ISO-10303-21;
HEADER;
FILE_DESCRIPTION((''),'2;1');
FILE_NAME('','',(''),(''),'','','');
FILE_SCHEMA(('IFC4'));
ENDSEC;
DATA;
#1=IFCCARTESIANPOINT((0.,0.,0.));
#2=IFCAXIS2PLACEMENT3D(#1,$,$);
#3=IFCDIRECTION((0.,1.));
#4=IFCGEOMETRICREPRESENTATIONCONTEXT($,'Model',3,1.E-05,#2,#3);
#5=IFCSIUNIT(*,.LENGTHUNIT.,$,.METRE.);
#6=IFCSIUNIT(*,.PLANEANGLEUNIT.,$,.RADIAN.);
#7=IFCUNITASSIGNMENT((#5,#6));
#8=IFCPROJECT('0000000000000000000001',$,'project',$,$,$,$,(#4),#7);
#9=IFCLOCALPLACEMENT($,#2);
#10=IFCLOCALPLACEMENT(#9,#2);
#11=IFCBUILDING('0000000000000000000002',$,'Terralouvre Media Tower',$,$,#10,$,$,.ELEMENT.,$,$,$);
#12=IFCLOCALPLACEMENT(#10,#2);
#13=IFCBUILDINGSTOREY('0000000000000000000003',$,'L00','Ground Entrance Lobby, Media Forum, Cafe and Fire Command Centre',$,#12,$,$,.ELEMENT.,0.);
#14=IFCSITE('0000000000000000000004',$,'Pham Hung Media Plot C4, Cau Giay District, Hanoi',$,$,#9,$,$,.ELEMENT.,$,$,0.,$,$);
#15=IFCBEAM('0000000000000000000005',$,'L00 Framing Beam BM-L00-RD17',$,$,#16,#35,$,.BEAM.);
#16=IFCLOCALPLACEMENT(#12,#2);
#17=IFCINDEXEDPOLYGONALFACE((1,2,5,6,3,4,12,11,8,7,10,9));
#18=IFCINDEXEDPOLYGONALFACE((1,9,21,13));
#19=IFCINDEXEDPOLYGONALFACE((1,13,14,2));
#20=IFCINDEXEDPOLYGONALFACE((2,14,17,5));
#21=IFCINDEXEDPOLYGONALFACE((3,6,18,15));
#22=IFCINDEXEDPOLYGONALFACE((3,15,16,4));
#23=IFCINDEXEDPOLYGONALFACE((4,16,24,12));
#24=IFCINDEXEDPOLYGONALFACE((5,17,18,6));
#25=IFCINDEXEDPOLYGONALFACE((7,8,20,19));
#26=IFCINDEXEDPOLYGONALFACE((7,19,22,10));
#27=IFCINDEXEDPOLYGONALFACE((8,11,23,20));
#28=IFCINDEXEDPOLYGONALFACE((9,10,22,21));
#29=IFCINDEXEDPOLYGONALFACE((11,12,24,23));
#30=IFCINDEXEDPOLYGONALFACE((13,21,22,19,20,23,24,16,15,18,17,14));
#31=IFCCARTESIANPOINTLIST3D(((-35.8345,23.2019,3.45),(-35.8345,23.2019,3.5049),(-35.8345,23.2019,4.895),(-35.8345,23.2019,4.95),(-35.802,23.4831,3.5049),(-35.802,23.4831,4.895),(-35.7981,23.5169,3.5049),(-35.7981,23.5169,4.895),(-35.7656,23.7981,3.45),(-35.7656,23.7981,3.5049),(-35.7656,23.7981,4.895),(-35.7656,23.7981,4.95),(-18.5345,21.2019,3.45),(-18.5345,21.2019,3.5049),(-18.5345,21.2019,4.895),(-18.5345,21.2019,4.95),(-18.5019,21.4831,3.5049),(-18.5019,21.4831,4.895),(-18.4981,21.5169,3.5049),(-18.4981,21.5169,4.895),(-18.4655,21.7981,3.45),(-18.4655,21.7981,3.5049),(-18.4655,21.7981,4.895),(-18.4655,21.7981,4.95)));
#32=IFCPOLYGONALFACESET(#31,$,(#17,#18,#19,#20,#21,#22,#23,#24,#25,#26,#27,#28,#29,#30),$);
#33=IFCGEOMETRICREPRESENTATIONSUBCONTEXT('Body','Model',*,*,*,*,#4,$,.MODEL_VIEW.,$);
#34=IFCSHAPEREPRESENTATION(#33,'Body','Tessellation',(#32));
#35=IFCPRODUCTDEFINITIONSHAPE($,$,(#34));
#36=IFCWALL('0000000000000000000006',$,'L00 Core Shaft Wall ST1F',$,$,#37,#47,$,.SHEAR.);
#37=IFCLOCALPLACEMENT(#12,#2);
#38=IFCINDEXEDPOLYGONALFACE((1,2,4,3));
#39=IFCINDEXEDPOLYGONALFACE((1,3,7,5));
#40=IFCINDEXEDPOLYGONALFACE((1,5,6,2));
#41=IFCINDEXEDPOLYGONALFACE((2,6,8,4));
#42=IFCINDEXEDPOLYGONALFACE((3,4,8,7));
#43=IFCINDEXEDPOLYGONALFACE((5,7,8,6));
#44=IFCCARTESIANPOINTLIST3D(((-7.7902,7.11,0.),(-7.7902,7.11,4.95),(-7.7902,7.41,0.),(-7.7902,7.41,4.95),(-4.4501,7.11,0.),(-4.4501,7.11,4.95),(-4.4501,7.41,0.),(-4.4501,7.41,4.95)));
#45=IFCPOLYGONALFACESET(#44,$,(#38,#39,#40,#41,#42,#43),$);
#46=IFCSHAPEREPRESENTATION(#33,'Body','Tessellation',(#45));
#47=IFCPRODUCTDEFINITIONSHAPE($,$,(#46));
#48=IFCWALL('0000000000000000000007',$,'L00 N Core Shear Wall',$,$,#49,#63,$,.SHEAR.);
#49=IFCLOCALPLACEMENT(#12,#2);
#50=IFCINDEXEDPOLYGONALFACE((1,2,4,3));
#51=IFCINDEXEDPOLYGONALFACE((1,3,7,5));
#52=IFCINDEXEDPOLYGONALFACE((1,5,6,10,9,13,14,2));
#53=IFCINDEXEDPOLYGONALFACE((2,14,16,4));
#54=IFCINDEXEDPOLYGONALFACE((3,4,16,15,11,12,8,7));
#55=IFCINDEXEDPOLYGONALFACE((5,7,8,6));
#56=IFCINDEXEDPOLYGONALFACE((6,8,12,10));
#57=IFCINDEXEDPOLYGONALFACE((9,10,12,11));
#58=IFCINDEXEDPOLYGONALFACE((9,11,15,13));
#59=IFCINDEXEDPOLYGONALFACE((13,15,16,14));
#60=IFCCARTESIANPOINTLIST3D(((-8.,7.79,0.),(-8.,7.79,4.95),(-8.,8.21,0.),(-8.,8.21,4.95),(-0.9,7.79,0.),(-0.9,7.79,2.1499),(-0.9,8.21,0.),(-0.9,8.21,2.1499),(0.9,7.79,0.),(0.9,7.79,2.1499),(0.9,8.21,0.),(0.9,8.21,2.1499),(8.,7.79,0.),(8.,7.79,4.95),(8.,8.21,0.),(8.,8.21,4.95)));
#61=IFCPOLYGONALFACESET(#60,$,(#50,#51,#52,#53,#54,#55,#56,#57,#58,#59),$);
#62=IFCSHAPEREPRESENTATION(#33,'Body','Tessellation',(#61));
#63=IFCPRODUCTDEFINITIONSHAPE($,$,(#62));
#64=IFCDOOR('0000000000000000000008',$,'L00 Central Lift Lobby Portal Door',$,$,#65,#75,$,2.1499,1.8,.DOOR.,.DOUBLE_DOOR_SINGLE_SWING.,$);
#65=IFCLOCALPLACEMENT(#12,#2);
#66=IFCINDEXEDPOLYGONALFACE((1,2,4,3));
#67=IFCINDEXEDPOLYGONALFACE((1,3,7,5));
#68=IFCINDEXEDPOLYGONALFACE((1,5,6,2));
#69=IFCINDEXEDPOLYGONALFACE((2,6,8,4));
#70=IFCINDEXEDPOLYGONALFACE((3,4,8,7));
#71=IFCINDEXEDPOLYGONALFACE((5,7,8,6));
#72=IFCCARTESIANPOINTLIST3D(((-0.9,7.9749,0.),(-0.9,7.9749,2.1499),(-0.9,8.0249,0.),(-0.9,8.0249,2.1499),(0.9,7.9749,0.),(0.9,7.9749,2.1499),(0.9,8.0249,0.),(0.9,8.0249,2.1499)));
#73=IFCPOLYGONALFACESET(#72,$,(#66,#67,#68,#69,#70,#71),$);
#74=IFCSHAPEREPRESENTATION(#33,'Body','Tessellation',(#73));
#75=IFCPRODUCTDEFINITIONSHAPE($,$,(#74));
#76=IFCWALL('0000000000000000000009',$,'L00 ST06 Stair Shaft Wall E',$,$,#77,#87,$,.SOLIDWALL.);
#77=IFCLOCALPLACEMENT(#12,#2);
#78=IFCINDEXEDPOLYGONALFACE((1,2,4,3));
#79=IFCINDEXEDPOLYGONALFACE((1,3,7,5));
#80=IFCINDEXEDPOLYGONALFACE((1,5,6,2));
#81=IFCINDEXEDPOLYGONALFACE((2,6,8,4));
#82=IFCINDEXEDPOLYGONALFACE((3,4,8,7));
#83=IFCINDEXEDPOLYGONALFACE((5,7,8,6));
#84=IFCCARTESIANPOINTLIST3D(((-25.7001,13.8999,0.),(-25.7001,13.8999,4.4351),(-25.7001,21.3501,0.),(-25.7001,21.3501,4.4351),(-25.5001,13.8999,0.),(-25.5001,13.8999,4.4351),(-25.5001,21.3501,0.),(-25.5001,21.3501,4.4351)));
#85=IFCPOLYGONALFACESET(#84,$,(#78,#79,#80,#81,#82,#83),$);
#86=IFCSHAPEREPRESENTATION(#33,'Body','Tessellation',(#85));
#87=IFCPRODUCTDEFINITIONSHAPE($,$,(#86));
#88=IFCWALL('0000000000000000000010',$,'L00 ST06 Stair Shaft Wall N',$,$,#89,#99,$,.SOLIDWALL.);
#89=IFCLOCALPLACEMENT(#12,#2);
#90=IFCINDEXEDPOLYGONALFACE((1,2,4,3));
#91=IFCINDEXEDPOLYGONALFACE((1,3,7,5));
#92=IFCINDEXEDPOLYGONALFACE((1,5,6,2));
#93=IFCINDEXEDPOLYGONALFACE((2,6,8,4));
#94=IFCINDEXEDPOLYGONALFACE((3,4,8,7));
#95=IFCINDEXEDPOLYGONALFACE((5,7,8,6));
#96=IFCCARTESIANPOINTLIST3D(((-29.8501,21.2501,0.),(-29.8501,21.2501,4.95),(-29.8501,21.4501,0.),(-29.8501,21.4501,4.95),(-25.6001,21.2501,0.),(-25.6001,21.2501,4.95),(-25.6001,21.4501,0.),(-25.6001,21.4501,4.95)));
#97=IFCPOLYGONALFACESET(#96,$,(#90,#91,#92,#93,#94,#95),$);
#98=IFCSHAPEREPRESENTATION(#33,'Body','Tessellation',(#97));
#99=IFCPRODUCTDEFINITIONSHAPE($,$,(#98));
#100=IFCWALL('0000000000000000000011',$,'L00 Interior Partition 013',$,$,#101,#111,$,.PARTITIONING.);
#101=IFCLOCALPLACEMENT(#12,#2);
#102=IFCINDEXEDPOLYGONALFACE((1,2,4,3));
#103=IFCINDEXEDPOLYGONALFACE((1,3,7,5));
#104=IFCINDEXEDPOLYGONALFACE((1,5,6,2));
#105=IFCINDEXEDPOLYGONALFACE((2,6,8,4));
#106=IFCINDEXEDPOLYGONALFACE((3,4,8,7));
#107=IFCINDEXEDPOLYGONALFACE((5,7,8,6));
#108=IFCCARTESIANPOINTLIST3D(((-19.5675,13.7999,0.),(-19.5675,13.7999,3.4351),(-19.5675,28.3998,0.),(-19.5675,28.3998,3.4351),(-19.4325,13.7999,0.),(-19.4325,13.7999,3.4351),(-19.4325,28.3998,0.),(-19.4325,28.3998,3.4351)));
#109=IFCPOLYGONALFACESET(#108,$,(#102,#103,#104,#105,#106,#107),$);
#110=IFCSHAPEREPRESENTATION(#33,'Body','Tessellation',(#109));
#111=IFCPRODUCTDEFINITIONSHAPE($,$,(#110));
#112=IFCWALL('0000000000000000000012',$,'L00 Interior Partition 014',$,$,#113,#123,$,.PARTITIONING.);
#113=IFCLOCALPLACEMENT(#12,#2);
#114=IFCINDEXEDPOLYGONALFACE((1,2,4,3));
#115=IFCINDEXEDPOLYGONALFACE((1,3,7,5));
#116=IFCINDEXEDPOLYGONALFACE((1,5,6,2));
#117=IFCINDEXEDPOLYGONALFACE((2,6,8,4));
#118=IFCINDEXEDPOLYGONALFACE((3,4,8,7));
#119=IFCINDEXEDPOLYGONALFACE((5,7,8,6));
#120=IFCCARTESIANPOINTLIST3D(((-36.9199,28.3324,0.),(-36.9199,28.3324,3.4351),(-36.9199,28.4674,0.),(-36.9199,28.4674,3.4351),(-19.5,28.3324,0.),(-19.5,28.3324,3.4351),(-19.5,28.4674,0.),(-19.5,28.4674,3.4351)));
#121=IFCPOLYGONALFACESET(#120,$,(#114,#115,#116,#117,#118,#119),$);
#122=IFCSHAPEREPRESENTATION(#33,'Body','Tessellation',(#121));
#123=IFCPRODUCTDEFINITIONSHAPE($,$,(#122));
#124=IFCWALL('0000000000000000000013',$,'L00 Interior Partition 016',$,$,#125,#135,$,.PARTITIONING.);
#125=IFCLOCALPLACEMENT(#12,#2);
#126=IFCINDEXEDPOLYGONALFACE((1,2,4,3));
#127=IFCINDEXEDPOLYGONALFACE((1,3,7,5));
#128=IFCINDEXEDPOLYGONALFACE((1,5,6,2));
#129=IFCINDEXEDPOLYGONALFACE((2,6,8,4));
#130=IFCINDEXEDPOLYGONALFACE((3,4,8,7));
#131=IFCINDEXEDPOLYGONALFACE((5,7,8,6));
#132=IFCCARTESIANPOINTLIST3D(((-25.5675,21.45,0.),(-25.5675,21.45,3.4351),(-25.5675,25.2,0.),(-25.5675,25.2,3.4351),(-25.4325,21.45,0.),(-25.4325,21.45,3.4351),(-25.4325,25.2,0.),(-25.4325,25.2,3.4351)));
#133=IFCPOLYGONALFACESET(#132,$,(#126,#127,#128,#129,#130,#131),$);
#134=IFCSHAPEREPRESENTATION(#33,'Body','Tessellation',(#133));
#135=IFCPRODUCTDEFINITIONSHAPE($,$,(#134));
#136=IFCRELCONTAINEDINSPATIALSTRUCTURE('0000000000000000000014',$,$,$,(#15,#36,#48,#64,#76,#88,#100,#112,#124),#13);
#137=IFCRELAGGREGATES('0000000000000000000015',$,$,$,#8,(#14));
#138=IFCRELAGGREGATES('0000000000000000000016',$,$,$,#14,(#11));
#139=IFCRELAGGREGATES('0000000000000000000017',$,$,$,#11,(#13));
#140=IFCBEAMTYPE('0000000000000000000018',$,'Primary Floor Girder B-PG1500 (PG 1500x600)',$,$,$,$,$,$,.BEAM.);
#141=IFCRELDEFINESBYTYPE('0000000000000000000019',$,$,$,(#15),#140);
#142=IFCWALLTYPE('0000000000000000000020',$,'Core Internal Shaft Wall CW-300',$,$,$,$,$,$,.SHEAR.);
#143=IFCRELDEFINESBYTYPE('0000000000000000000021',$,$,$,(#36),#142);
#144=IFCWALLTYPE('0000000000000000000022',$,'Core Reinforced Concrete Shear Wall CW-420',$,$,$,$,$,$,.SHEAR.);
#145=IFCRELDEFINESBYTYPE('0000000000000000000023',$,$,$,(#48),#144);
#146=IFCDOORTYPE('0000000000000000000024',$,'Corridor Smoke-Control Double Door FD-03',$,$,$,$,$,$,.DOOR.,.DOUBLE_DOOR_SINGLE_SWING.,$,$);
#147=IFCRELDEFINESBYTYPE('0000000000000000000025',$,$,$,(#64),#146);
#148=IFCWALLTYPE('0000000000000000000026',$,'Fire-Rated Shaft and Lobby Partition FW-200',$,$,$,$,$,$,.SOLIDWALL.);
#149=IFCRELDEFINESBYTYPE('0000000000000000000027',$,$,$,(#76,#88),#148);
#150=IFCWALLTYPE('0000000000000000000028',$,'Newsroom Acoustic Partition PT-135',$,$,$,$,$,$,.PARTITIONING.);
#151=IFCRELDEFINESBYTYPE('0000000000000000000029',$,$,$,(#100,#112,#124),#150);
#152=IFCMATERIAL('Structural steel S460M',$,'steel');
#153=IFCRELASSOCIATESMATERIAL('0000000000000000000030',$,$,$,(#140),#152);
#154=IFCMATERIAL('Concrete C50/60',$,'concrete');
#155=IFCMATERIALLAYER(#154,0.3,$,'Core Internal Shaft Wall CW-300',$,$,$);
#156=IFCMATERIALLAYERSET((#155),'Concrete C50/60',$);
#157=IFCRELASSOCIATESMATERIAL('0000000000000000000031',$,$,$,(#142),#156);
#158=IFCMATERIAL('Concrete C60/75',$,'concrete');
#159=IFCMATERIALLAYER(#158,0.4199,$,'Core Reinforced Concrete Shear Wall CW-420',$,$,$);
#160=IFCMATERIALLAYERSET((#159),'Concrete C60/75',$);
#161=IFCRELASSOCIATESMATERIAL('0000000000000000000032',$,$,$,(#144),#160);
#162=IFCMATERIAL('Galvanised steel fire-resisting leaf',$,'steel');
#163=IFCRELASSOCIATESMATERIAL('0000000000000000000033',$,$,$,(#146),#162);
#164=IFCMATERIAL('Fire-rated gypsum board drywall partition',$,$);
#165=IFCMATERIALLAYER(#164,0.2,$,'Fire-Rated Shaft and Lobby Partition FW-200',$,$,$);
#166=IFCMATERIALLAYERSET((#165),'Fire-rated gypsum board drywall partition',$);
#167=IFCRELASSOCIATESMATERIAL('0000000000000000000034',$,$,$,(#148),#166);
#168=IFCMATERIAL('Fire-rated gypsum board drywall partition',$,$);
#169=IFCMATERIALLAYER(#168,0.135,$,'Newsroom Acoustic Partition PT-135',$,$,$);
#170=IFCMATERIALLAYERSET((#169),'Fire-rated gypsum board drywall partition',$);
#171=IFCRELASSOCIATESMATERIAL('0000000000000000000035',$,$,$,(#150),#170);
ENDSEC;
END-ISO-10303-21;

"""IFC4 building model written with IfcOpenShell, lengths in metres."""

from ifc_helpers import new_model, si_unit, direction, frame, frame_2d, origin, origin_2d, place, context, subcontext, project, spatial, rectangle, i_section, extrude, material, layer, layer_set, material_profile, profile_set, type_object, element, fill, save


model = new_model("IFC4")

# Units and contexts
model_context = context("Model", 3, precision=1e-05, world=origin(), true_north=direction((0.0, 1.0)))
body_context = subcontext(model_context, "Body", "Model", "MODEL_VIEW")
ifc_project = project(units=[si_unit("LENGTHUNIT", "METRE"), si_unit("PLANEANGLEUNIT", "RADIAN")], contexts=[model_context])

# Site, building, storey
site_placement = place(None, origin())
site = spatial("IfcSite", under=ifc_project, at=site_placement, Name="Pham Hung Media Plot C4, Cau Giay District, Hanoi", CompositionType="ELEMENT", RefElevation=0.0)
building_placement = place(site_placement, origin())
building = spatial("IfcBuilding", under=site, at=building_placement, Name="Terralouvre Media Tower", CompositionType="ELEMENT")
storey_placement = place(building_placement, origin())
storey = spatial("IfcBuildingStorey", under=building, at=storey_placement, Name="L00", Description="Ground Entrance Lobby, Media Forum, Cafe and Fire Command Centre", CompositionType="ELEMENT", Elevation=0.0)

# Beam
ifc_material_1 = material(Name="Structural steel S460M", Category="steel")
ifc_material_profile_1 = material_profile(ifc_material_1, i_section(OverallWidth=0.6001, OverallDepth=1.5, WebThickness=0.0339, FlangeThickness=0.0549, at=origin_2d()), Name="PG 1500x600")
ifc_profile_set_1 = profile_set([ifc_material_profile_1], Name="Structural steel S460M")
beam_type_1 = type_object("IfcBeamType", Name="Primary Floor Girder B-PG1500 (PG 1500x600)", PredefinedType="BEAM", material=ifc_profile_set_1)
beam_1_placement = place(storey_placement, frame((-18.5, 21.5, 4.2), z_axis=(-0.993384, 0.114842, 0.0), x_axis=(-0.114842, -0.993384, 0.0)))
element("IfcBeam", 1, at=beam_1_placement, inside=storey, type_object=beam_type_1, Name="L00 Framing Beam BM-L00-RD17", PredefinedType="BEAM", context=body_context, shape_type="SweptSolid", body=[
    extrude(i_section(OverallWidth=0.6001, OverallDepth=1.5, WebThickness=0.0339, FlangeThickness=0.0549, at=origin_2d()), origin(), (0.0, 0.0, 1.0), 17.4153),
])

# Wall
ifc_material_2 = material(Name="Concrete C50/60", Category="concrete")
ifc_layer_1 = layer(ifc_material_2, 0.3, Name="Core Internal Shaft Wall CW-300")
ifc_layer_set_1 = layer_set([ifc_layer_1], Name="Concrete C50/60")
wall_type_1 = type_object("IfcWallType", Name="Core Internal Shaft Wall CW-300", PredefinedType="SHEAR", material=ifc_layer_set_1)
wall_1_placement = place(storey_placement, frame((-7.79, 7.26, 0.0), z_axis=(0.0, 0.0, 1.0), x_axis=(1.0, 0.0, 0.0)))
element("IfcWall", 2, at=wall_1_placement, inside=storey, type_object=wall_type_1, Name="L00 Core Shaft Wall ST1F", PredefinedType="SHEAR", context=body_context, shape_type="SweptSolid", body=[
    extrude(rectangle(XDim=3.3401, YDim=0.3, at=frame_2d((1.6699, 0.0))), origin(), (0.0, 0.0, 1.0), 4.95),
])

# Wall, opening, door
ifc_material_3 = material(Name="Concrete C60/75", Category="concrete")
ifc_layer_2 = layer(ifc_material_3, 0.4199, Name="Core Reinforced Concrete Shear Wall CW-420")
ifc_layer_set_2 = layer_set([ifc_layer_2], Name="Concrete C60/75")
wall_type_2 = type_object("IfcWallType", Name="Core Reinforced Concrete Shear Wall CW-420", PredefinedType="SHEAR", material=ifc_layer_set_2)
wall_2_placement = place(storey_placement, frame((-8.0, 8.0, 0.0), z_axis=(0.0, 0.0, 1.0), x_axis=(1.0, 0.0, 0.0)))
wall_2 = element("IfcWall", 3, at=wall_2_placement, inside=storey, type_object=wall_type_2, Name="L00 N Core Shear Wall", PredefinedType="SHEAR", context=body_context, shape_type="SweptSolid", body=[
    extrude(rectangle(XDim=16.0, YDim=0.4199, at=frame_2d((8.0, 0.0))), origin(), (0.0, 0.0, 1.0), 4.95),
])
opening_placement = place(wall_2_placement, frame((7.1001, 0.0, 0.0)))
opening = element("IfcOpeningElement", 4, at=opening_placement, cuts=wall_2, PredefinedType="OPENING", context=body_context, shape_type="SweptSolid", body=[
    extrude(rectangle(XDim=1.8, YDim=2.1499, at=frame_2d((0.8999, 1.075))), frame((0.0, 0.22, 0.0), z_axis=(0.0, -1.0, 0.0), x_axis=(1.0, 0.0, 0.0)), (0.0, 0.0, 1.0), 0.4399),
])
ifc_material_4 = material(Name="Galvanised steel fire-resisting leaf", Category="steel")
door_type = type_object("IfcDoorType", Name="Corridor Smoke-Control Double Door FD-03", OperationType="DOUBLE_DOOR_SINGLE_SWING", PredefinedType="DOOR", material=ifc_material_4)
door_placement = place(opening_placement, origin())
door = element("IfcDoor", 5, at=door_placement, inside=storey, type_object=door_type, Name="L00 Central Lift Lobby Portal Door", OperationType="DOUBLE_DOOR_SINGLE_SWING", OverallHeight=2.1499, OverallWidth=1.8, PredefinedType="DOOR", context=body_context, shape_type="SweptSolid", body=[
    extrude(rectangle(XDim=1.8, YDim=2.1499, at=frame_2d((0.8999, 1.075))), frame((0.0, 0.0249, 0.0), z_axis=(0.0, -1.0, 0.0), x_axis=(1.0, 0.0, 0.0)), (0.0, 0.0, 1.0), 0.05),
])
fill(opening, door)

# Walls
ifc_material_5 = material(Name="Fire-rated gypsum board drywall partition")
ifc_layer_3 = layer(ifc_material_5, 0.2, Name="Fire-Rated Shaft and Lobby Partition FW-200")
ifc_layer_set_3 = layer_set([ifc_layer_3], Name="Fire-rated gypsum board drywall partition")
wall_type_3 = type_object("IfcWallType", Name="Fire-Rated Shaft and Lobby Partition FW-200", PredefinedType="SOLIDWALL", material=ifc_layer_set_3)
wall_3_placement = place(storey_placement, frame((-25.6001, 13.8999, 0.0), z_axis=(0.0, 0.0, 1.0), x_axis=(0.0, 1.0, 0.0)))
element("IfcWall", 6, at=wall_3_placement, inside=storey, type_object=wall_type_3, Name="L00 ST06 Stair Shaft Wall E", PredefinedType="SOLIDWALL", context=body_context, shape_type="SweptSolid", body=[
    extrude(rectangle(XDim=7.4502, YDim=0.2, at=frame_2d((3.7251, 0.0))), origin(), (0.0, 0.0, 1.0), 4.4351),
])
wall_4_placement = place(storey_placement, frame((-25.6001, 21.3501, 0.0), z_axis=(0.0, 0.0, 1.0), x_axis=(-1.0, 0.0, 0.0)))
element("IfcWall", 7, at=wall_4_placement, inside=storey, type_object=wall_type_3, Name="L00 ST06 Stair Shaft Wall N", PredefinedType="SOLIDWALL", context=body_context, shape_type="SweptSolid", body=[
    extrude(rectangle(XDim=4.25, YDim=0.2, at=frame_2d((2.125, 0.0))), origin(), (0.0, 0.0, 1.0), 4.95),
])
ifc_material_6 = material(Name="Fire-rated gypsum board drywall partition")
ifc_layer_4 = layer(ifc_material_6, 0.135, Name="Newsroom Acoustic Partition PT-135")
ifc_layer_set_4 = layer_set([ifc_layer_4], Name="Fire-rated gypsum board drywall partition")
wall_type_4 = type_object("IfcWallType", Name="Newsroom Acoustic Partition PT-135", PredefinedType="PARTITIONING", material=ifc_layer_set_4)
wall_5_placement = place(storey_placement, frame((-19.5, 13.8, 0.0), z_axis=(0.0, 0.0, 1.0), x_axis=(0.0, 1.0, 0.0)))
element("IfcWall", 8, at=wall_5_placement, inside=storey, type_object=wall_type_4, Name="L00 Interior Partition 013", PredefinedType="PARTITIONING", context=body_context, shape_type="SweptSolid", body=[
    extrude(rectangle(XDim=14.5999, YDim=0.135, at=frame_2d((7.2998, 0.0))), origin(), (0.0, 0.0, 1.0), 3.4351),
])
wall_6_placement = place(storey_placement, frame((-19.5, 28.3999, 0.0), z_axis=(0.0, 0.0, 1.0), x_axis=(-1.0, 0.0, 0.0)))
element("IfcWall", 9, at=wall_6_placement, inside=storey, type_object=wall_type_4, Name="L00 Interior Partition 014", PredefinedType="PARTITIONING", context=body_context, shape_type="SweptSolid", body=[
    extrude(rectangle(XDim=17.4199, YDim=0.135, at=frame_2d((8.71, 0.0))), origin(), (0.0, 0.0, 1.0), 3.4351),
])
wall_7_placement = place(storey_placement, frame((-25.5, 25.2, 0.0), z_axis=(0.0, 0.0, 1.0), x_axis=(0.0, -1.0, 0.0)))
element("IfcWall", 10, at=wall_7_placement, inside=storey, type_object=wall_type_4, Name="L00 Interior Partition 016", PredefinedType="PARTITIONING", context=body_context, shape_type="SweptSolid", body=[
    extrude(rectangle(XDim=3.75, YDim=0.135, at=frame_2d((1.875, 0.0))), origin(), (0.0, 0.0, 1.0), 3.4351),
])

save(model, "model.ifc")
